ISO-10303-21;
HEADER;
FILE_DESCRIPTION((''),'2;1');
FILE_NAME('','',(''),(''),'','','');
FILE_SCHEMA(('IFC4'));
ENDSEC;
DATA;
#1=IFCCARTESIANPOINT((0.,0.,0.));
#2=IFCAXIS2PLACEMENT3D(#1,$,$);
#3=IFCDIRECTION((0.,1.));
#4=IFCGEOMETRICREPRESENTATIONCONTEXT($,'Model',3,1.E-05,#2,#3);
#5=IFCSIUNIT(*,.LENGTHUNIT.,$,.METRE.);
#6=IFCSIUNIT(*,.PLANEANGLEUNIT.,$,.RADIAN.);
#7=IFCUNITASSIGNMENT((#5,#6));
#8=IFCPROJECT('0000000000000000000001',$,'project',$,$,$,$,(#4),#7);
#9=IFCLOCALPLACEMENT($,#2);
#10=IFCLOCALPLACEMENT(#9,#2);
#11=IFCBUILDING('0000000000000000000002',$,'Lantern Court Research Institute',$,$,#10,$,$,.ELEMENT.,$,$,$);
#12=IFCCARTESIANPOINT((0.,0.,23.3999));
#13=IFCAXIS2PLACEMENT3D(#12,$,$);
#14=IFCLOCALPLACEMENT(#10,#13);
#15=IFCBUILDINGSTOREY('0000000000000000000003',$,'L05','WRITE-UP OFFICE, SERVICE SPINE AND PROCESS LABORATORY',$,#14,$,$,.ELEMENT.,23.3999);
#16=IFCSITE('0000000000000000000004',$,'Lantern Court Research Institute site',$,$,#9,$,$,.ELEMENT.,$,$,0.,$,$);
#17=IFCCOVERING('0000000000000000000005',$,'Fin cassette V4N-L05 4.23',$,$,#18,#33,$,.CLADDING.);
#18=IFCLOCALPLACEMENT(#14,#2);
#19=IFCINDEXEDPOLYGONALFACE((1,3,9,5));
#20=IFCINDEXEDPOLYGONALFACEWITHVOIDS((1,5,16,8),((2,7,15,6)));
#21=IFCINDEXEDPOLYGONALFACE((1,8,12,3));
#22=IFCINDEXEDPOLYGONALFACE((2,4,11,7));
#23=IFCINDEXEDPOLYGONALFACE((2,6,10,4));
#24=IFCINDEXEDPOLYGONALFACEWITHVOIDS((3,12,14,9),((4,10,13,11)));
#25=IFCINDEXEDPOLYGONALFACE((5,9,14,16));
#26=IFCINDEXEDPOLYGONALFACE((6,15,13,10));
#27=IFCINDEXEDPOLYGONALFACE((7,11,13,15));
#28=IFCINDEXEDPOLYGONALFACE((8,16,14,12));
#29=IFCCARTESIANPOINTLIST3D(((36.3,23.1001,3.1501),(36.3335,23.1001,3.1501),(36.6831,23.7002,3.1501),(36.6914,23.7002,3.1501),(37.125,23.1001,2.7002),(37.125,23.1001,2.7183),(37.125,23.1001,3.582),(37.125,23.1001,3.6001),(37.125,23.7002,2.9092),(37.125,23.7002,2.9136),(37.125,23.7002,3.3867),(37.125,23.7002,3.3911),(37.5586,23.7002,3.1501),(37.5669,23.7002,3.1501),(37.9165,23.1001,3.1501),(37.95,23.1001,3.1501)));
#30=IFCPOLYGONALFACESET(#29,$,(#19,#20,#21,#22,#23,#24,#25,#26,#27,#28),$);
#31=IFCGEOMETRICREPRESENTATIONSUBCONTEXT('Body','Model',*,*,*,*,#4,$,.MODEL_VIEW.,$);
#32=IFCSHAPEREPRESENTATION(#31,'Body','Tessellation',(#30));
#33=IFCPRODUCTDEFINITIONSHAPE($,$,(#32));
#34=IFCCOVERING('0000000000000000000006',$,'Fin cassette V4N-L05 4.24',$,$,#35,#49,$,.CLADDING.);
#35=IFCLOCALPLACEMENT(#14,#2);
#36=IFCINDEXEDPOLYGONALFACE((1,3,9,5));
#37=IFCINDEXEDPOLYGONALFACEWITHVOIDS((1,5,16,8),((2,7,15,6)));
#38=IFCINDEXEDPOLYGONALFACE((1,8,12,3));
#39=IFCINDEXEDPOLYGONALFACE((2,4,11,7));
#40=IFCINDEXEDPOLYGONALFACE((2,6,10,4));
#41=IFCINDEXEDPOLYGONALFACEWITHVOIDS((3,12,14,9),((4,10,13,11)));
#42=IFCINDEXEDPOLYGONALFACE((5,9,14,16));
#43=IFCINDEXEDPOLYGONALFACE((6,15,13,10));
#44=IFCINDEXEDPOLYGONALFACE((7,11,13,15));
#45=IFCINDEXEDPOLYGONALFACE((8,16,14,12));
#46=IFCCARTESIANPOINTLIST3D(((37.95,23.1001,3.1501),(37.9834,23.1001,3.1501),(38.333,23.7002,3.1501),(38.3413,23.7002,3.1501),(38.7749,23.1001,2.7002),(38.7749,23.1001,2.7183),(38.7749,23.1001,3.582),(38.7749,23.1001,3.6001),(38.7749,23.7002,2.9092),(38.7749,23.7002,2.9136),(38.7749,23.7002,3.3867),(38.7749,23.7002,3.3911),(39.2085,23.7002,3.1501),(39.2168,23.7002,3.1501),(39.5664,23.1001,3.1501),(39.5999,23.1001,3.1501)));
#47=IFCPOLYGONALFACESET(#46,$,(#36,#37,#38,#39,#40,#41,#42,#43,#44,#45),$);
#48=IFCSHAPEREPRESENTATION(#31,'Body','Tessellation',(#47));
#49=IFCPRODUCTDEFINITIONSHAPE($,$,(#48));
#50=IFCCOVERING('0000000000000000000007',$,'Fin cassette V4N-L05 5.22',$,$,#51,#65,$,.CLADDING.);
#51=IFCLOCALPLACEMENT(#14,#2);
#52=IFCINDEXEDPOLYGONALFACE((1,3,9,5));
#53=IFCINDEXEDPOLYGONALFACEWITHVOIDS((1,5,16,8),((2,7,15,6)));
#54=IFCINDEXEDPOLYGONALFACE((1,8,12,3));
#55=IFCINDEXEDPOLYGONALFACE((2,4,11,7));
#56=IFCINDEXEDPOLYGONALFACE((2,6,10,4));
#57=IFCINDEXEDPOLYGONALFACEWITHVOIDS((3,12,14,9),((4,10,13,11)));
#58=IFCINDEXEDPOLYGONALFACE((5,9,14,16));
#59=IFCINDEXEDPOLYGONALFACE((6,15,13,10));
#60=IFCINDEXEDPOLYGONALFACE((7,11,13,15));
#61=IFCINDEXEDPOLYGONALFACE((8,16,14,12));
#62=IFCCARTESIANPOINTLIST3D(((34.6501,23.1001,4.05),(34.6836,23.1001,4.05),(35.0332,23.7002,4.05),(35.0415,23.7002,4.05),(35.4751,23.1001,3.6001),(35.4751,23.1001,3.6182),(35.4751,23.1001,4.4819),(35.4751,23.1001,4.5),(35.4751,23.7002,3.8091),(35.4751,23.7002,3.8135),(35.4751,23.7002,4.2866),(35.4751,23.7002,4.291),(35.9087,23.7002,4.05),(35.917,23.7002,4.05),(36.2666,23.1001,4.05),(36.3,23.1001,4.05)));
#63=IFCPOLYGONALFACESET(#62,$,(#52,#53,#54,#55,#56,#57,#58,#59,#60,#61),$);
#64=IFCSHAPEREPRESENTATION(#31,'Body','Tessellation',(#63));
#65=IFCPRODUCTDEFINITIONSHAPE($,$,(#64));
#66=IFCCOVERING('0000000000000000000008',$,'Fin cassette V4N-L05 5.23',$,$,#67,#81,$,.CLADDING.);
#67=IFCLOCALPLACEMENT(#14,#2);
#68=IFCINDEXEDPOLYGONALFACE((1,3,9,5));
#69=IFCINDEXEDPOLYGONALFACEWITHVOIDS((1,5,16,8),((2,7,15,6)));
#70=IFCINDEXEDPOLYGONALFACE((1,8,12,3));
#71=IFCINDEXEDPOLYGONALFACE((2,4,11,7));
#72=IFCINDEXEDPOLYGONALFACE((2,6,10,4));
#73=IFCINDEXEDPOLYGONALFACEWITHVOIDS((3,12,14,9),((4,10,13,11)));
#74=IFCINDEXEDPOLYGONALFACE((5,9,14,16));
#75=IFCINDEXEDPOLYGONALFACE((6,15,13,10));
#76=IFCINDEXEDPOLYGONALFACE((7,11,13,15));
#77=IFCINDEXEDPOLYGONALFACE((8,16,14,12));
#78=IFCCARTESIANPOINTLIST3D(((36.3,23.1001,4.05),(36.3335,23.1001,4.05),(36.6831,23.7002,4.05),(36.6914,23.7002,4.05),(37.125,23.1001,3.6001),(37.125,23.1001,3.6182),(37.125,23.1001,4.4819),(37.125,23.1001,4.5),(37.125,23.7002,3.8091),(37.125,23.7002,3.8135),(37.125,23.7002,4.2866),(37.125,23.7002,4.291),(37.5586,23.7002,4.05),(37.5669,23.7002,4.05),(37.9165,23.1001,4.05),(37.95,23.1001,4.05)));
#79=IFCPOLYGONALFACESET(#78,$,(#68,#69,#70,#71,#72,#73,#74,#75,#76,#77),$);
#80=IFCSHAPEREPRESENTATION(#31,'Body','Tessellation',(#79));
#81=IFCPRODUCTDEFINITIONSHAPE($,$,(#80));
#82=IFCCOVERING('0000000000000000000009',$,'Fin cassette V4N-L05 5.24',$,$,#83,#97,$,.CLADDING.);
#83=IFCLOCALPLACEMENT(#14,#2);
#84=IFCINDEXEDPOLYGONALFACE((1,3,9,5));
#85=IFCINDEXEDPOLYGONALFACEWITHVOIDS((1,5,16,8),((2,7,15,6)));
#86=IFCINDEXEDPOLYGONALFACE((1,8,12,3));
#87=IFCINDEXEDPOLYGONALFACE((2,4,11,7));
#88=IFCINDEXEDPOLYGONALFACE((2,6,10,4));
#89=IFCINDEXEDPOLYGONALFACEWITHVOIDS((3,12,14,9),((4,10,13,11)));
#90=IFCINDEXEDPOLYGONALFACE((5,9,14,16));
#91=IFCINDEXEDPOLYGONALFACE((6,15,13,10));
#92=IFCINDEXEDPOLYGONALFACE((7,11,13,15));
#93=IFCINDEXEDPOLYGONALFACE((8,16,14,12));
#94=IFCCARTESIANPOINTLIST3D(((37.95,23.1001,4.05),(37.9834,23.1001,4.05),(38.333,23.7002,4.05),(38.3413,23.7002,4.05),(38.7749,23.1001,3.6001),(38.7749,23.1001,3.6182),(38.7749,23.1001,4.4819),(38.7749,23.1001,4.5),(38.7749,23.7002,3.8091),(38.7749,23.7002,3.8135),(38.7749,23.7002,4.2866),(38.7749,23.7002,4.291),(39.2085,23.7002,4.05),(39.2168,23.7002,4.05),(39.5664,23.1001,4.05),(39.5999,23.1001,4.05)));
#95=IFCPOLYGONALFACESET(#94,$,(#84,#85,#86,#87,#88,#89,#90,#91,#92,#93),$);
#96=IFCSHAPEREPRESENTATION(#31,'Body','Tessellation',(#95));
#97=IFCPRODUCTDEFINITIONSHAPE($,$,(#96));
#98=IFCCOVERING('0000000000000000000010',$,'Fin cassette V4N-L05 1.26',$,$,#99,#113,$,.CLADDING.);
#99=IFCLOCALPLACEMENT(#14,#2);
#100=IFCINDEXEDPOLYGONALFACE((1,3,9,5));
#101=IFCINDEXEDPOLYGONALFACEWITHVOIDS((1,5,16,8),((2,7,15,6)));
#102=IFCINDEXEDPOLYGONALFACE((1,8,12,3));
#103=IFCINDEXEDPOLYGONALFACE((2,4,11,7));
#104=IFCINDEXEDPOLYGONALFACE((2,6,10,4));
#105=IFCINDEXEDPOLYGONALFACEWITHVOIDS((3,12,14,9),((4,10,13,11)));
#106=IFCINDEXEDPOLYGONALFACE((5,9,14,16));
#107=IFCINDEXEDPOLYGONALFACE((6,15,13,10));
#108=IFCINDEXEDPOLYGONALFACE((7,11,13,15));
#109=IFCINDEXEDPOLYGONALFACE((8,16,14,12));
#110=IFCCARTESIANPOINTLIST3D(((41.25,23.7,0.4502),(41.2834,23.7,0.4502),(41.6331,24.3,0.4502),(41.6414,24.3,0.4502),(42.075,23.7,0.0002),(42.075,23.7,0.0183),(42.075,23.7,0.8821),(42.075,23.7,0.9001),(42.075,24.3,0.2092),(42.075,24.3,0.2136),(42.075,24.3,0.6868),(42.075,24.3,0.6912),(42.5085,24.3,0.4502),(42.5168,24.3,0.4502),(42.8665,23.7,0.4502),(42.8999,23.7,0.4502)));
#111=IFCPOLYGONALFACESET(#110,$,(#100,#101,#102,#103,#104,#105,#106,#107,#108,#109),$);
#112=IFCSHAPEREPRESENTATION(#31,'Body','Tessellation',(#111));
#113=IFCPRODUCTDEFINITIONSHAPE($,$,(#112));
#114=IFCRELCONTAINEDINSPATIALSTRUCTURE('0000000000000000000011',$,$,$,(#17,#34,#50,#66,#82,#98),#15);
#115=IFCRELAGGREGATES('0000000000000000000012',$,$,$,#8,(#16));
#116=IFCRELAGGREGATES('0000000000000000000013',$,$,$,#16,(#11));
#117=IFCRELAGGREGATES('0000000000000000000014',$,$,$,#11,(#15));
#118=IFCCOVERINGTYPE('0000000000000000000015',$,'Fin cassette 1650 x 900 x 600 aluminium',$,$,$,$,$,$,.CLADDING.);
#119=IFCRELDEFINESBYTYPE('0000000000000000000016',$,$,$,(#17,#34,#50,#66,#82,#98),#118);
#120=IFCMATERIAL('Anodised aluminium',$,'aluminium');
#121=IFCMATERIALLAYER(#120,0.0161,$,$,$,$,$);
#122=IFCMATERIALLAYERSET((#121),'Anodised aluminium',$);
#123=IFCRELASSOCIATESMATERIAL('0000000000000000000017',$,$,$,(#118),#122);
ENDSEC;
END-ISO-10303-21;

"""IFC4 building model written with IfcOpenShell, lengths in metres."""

from ifc_helpers import new_model, entity, si_unit, direction, frame, origin, place, context, subcontext, project, spatial, material, layer, layer_set, type_object, element, save


model = new_model("IFC4")

# Units and contexts
model_context = context("Model", 3, precision=1e-05, world=origin(), true_north=direction((0.0, 1.0)))
body_context = subcontext(model_context, "Body", "Model", "MODEL_VIEW")
ifc_project = project(units=[si_unit("LENGTHUNIT", "METRE"), si_unit("PLANEANGLEUNIT", "RADIAN")], contexts=[model_context])

# Site, building, storey
site_placement = place(None, origin())
site = spatial("IfcSite", under=ifc_project, at=site_placement, Name="Lantern Court Research Institute site", CompositionType="ELEMENT", RefElevation=0.0)
building_placement = place(site_placement, origin())
building = spatial("IfcBuilding", under=site, at=building_placement, Name="Lantern Court Research Institute", CompositionType="ELEMENT")
storey_placement = place(building_placement, frame((0.0, 0.0, 23.3999)))
storey = spatial("IfcBuildingStorey", under=building, at=storey_placement, Name="L05", Description="WRITE-UP OFFICE, SERVICE SPINE AND PROCESS LABORATORY", CompositionType="ELEMENT", Elevation=23.3999)

# Coverings
ifc_material_1 = material(Name="Anodised aluminium", Category="aluminium")
ifc_layer_1 = layer(ifc_material_1, 0.0161)
ifc_layer_set_1 = layer_set([ifc_layer_1], Name="Anodised aluminium")
covering_type = type_object("IfcCoveringType", Name="Fin cassette 1650 x 900 x 600 aluminium", PredefinedType="CLADDING", material=ifc_layer_set_1)
covering_1_placement = place(storey_placement, frame((37.125, 23.1001, 3.1501), z_axis=(0.0, 1.0, 0.0), x_axis=(-1.0, 0.0, 0.0)))
cartesian_point_1 = entity("IfcCartesianPoint", [0.825, 0.0])
cartesian_point_2 = entity("IfcCartesianPoint", [0.7915, 0.0])
cartesian_point_3 = entity("IfcCartesianPoint", [0.4419, 0.0])
cartesian_point_4 = entity("IfcCartesianPoint", [0.4336, 0.0])
element("IfcCovering", 1, at=covering_1_placement, inside=storey, type_object=covering_type, Name="Fin cassette V4N-L05 4.23", PredefinedType="CLADDING", context=body_context, shape_type="SweptSolid", body=[
    entity("IfcExtrudedAreaSolidTapered", entity("IfcArbitraryProfileDefWithVoids", "AREA", None, entity("IfcPolyline", [cartesian_point_1, entity("IfcCartesianPoint", [0.0, 0.45]), entity("IfcCartesianPoint", [-0.825, 0.0]), entity("IfcCartesianPoint", [0.0, -0.45]), cartesian_point_1]), [entity("IfcPolyline", [cartesian_point_2, entity("IfcCartesianPoint", [0.0, 0.4319]), entity("IfcCartesianPoint", [-0.7915, 0.0]), entity("IfcCartesianPoint", [0.0, -0.4319]), cartesian_point_2])]), entity("IfcAxis2Placement3D", entity("IfcCartesianPoint", [0.0, 0.0, 0.0])), entity("IfcDirection", [0.0, 0.0, 1.0]), 0.6001, entity("IfcArbitraryProfileDefWithVoids", "AREA", None, entity("IfcPolyline", [cartesian_point_3, entity("IfcCartesianPoint", [0.0, 0.241]), entity("IfcCartesianPoint", [-0.4419, 0.0]), entity("IfcCartesianPoint", [0.0, -0.241]), cartesian_point_3]), [entity("IfcPolyline", [cartesian_point_4, entity("IfcCartesianPoint", [0.0, 0.2366]), entity("IfcCartesianPoint", [-0.4336, 0.0]), entity("IfcCartesianPoint", [0.0, -0.2366]), cartesian_point_4])])),
])
covering_2_placement = place(storey_placement, frame((38.7749, 23.1001, 3.1501), z_axis=(0.0, 1.0, 0.0), x_axis=(-1.0, 0.0, 0.0)))
cartesian_point_5 = entity("IfcCartesianPoint", [0.825, 0.0])
cartesian_point_6 = entity("IfcCartesianPoint", [0.7915, 0.0])
cartesian_point_7 = entity("IfcCartesianPoint", [0.4419, 0.0])
cartesian_point_8 = entity("IfcCartesianPoint", [0.4336, 0.0])
element("IfcCovering", 2, at=covering_2_placement, inside=storey, type_object=covering_type, Name="Fin cassette V4N-L05 4.24", PredefinedType="CLADDING", context=body_context, shape_type="SweptSolid", body=[
    entity("IfcExtrudedAreaSolidTapered", entity("IfcArbitraryProfileDefWithVoids", "AREA", None, entity("IfcPolyline", [cartesian_point_5, entity("IfcCartesianPoint", [0.0, 0.45]), entity("IfcCartesianPoint", [-0.825, 0.0]), entity("IfcCartesianPoint", [0.0, -0.45]), cartesian_point_5]), [entity("IfcPolyline", [cartesian_point_6, entity("IfcCartesianPoint", [0.0, 0.4319]), entity("IfcCartesianPoint", [-0.7915, 0.0]), entity("IfcCartesianPoint", [0.0, -0.4319]), cartesian_point_6])]), entity("IfcAxis2Placement3D", entity("IfcCartesianPoint", [0.0, 0.0, 0.0])), entity("IfcDirection", [0.0, 0.0, 1.0]), 0.6001, entity("IfcArbitraryProfileDefWithVoids", "AREA", None, entity("IfcPolyline", [cartesian_point_7, entity("IfcCartesianPoint", [0.0, 0.241]), entity("IfcCartesianPoint", [-0.4419, 0.0]), entity("IfcCartesianPoint", [0.0, -0.241]), cartesian_point_7]), [entity("IfcPolyline", [cartesian_point_8, entity("IfcCartesianPoint", [0.0, 0.2366]), entity("IfcCartesianPoint", [-0.4336, 0.0]), entity("IfcCartesianPoint", [0.0, -0.2366]), cartesian_point_8])])),
])
covering_3_placement = place(storey_placement, frame((35.4751, 23.1001, 4.05), z_axis=(0.0, 1.0, 0.0), x_axis=(-1.0, 0.0, 0.0)))
cartesian_point_9 = entity("IfcCartesianPoint", [0.825, 0.0])
cartesian_point_10 = entity("IfcCartesianPoint", [0.7915, 0.0])
cartesian_point_11 = entity("IfcCartesianPoint", [0.4419, 0.0])
cartesian_point_12 = entity("IfcCartesianPoint", [0.4336, 0.0])
element("IfcCovering", 3, at=covering_3_placement, inside=storey, type_object=covering_type, Name="Fin cassette V4N-L05 5.22", PredefinedType="CLADDING", context=body_context, shape_type="SweptSolid", body=[
    entity("IfcExtrudedAreaSolidTapered", entity("IfcArbitraryProfileDefWithVoids", "AREA", None, entity("IfcPolyline", [cartesian_point_9, entity("IfcCartesianPoint", [0.0, 0.45]), entity("IfcCartesianPoint", [-0.825, 0.0]), entity("IfcCartesianPoint", [0.0, -0.45]), cartesian_point_9]), [entity("IfcPolyline", [cartesian_point_10, entity("IfcCartesianPoint", [0.0, 0.4319]), entity("IfcCartesianPoint", [-0.7915, 0.0]), entity("IfcCartesianPoint", [0.0, -0.4319]), cartesian_point_10])]), entity("IfcAxis2Placement3D", entity("IfcCartesianPoint", [0.0, 0.0, 0.0])), entity("IfcDirection", [0.0, 0.0, 1.0]), 0.6001, entity("IfcArbitraryProfileDefWithVoids", "AREA", None, entity("IfcPolyline", [cartesian_point_11, entity("IfcCartesianPoint", [0.0, 0.241]), entity("IfcCartesianPoint", [-0.4419, 0.0]), entity("IfcCartesianPoint", [0.0, -0.241]), cartesian_point_11]), [entity("IfcPolyline", [cartesian_point_12, entity("IfcCartesianPoint", [0.0, 0.2366]), entity("IfcCartesianPoint", [-0.4336, 0.0]), entity("IfcCartesianPoint", [0.0, -0.2366]), cartesian_point_12])])),
])
covering_4_placement = place(storey_placement, frame((37.125, 23.1001, 4.05), z_axis=(0.0, 1.0, 0.0), x_axis=(-1.0, 0.0, 0.0)))
cartesian_point_13 = entity("IfcCartesianPoint", [0.825, 0.0])
cartesian_point_14 = entity("IfcCartesianPoint", [0.7915, 0.0])
cartesian_point_15 = entity("IfcCartesianPoint", [0.4419, 0.0])
cartesian_point_16 = entity("IfcCartesianPoint", [0.4336, 0.0])
element("IfcCovering", 4, at=covering_4_placement, inside=storey, type_object=covering_type, Name="Fin cassette V4N-L05 5.23", PredefinedType="CLADDING", context=body_context, shape_type="SweptSolid", body=[
    entity("IfcExtrudedAreaSolidTapered", entity("IfcArbitraryProfileDefWithVoids", "AREA", None, entity("IfcPolyline", [cartesian_point_13, entity("IfcCartesianPoint", [0.0, 0.45]), entity("IfcCartesianPoint", [-0.825, 0.0]), entity("IfcCartesianPoint", [0.0, -0.45]), cartesian_point_13]), [entity("IfcPolyline", [cartesian_point_14, entity("IfcCartesianPoint", [0.0, 0.4319]), entity("IfcCartesianPoint", [-0.7915, 0.0]), entity("IfcCartesianPoint", [0.0, -0.4319]), cartesian_point_14])]), entity("IfcAxis2Placement3D", entity("IfcCartesianPoint", [0.0, 0.0, 0.0])), entity("IfcDirection", [0.0, 0.0, 1.0]), 0.6001, entity("IfcArbitraryProfileDefWithVoids", "AREA", None, entity("IfcPolyline", [cartesian_point_15, entity("IfcCartesianPoint", [0.0, 0.241]), entity("IfcCartesianPoint", [-0.4419, 0.0]), entity("IfcCartesianPoint", [0.0, -0.241]), cartesian_point_15]), [entity("IfcPolyline", [cartesian_point_16, entity("IfcCartesianPoint", [0.0, 0.2366]), entity("IfcCartesianPoint", [-0.4336, 0.0]), entity("IfcCartesianPoint", [0.0, -0.2366]), cartesian_point_16])])),
])
covering_5_placement = place(storey_placement, frame((38.7749, 23.1001, 4.05), z_axis=(0.0, 1.0, 0.0), x_axis=(-1.0, 0.0, 0.0)))
cartesian_point_17 = entity("IfcCartesianPoint", [0.825, 0.0])
cartesian_point_18 = entity("IfcCartesianPoint", [0.7915, 0.0])
cartesian_point_19 = entity("IfcCartesianPoint", [0.4419, 0.0])
cartesian_point_20 = entity("IfcCartesianPoint", [0.4336, 0.0])
element("IfcCovering", 5, at=covering_5_placement, inside=storey, type_object=covering_type, Name="Fin cassette V4N-L05 5.24", PredefinedType="CLADDING", context=body_context, shape_type="SweptSolid", body=[
    entity("IfcExtrudedAreaSolidTapered", entity("IfcArbitraryProfileDefWithVoids", "AREA", None, entity("IfcPolyline", [cartesian_point_17, entity("IfcCartesianPoint", [0.0, 0.45]), entity("IfcCartesianPoint", [-0.825, 0.0]), entity("IfcCartesianPoint", [0.0, -0.45]), cartesian_point_17]), [entity("IfcPolyline", [cartesian_point_18, entity("IfcCartesianPoint", [0.0, 0.4319]), entity("IfcCartesianPoint", [-0.7915, 0.0]), entity("IfcCartesianPoint", [0.0, -0.4319]), cartesian_point_18])]), entity("IfcAxis2Placement3D", entity("IfcCartesianPoint", [0.0, 0.0, 0.0])), entity("IfcDirection", [0.0, 0.0, 1.0]), 0.6001, entity("IfcArbitraryProfileDefWithVoids", "AREA", None, entity("IfcPolyline", [cartesian_point_19, entity("IfcCartesianPoint", [0.0, 0.241]), entity("IfcCartesianPoint", [-0.4419, 0.0]), entity("IfcCartesianPoint", [0.0, -0.241]), cartesian_point_19]), [entity("IfcPolyline", [cartesian_point_20, entity("IfcCartesianPoint", [0.0, 0.2366]), entity("IfcCartesianPoint", [-0.4336, 0.0]), entity("IfcCartesianPoint", [0.0, -0.2366]), cartesian_point_20])])),
])
covering_6_placement = place(storey_placement, frame((42.075, 23.7, 0.4502), z_axis=(0.0, 1.0, 0.0), x_axis=(-1.0, 0.0, 0.0)))
cartesian_point_21 = entity("IfcCartesianPoint", [0.825, 0.0])
cartesian_point_22 = entity("IfcCartesianPoint", [0.7915, 0.0])
cartesian_point_23 = entity("IfcCartesianPoint", [0.4419, 0.0])
cartesian_point_24 = entity("IfcCartesianPoint", [0.4336, 0.0])
element("IfcCovering", 6, at=covering_6_placement, inside=storey, type_object=covering_type, Name="Fin cassette V4N-L05 1.26", PredefinedType="CLADDING", context=body_context, shape_type="SweptSolid", body=[
    entity("IfcExtrudedAreaSolidTapered", entity("IfcArbitraryProfileDefWithVoids", "AREA", None, entity("IfcPolyline", [cartesian_point_21, entity("IfcCartesianPoint", [0.0, 0.45]), entity("IfcCartesianPoint", [-0.825, 0.0]), entity("IfcCartesianPoint", [0.0, -0.45]), cartesian_point_21]), [entity("IfcPolyline", [cartesian_point_22, entity("IfcCartesianPoint", [0.0, 0.4319]), entity("IfcCartesianPoint", [-0.7915, 0.0]), entity("IfcCartesianPoint", [0.0, -0.4319]), cartesian_point_22])]), entity("IfcAxis2Placement3D", entity("IfcCartesianPoint", [0.0, 0.0, 0.0])), entity("IfcDirection", [0.0, 0.0, 1.0]), 0.6001, entity("IfcArbitraryProfileDefWithVoids", "AREA", None, entity("IfcPolyline", [cartesian_point_23, entity("IfcCartesianPoint", [0.0, 0.241]), entity("IfcCartesianPoint", [-0.4419, 0.0]), entity("IfcCartesianPoint", [0.0, -0.241]), cartesian_point_23]), [entity("IfcPolyline", [cartesian_point_24, entity("IfcCartesianPoint", [0.0, 0.2366]), entity("IfcCartesianPoint", [-0.4336, 0.0]), entity("IfcCartesianPoint", [0.0, -0.2366]), cartesian_point_24])])),
])

save(model, "model.ifc")
